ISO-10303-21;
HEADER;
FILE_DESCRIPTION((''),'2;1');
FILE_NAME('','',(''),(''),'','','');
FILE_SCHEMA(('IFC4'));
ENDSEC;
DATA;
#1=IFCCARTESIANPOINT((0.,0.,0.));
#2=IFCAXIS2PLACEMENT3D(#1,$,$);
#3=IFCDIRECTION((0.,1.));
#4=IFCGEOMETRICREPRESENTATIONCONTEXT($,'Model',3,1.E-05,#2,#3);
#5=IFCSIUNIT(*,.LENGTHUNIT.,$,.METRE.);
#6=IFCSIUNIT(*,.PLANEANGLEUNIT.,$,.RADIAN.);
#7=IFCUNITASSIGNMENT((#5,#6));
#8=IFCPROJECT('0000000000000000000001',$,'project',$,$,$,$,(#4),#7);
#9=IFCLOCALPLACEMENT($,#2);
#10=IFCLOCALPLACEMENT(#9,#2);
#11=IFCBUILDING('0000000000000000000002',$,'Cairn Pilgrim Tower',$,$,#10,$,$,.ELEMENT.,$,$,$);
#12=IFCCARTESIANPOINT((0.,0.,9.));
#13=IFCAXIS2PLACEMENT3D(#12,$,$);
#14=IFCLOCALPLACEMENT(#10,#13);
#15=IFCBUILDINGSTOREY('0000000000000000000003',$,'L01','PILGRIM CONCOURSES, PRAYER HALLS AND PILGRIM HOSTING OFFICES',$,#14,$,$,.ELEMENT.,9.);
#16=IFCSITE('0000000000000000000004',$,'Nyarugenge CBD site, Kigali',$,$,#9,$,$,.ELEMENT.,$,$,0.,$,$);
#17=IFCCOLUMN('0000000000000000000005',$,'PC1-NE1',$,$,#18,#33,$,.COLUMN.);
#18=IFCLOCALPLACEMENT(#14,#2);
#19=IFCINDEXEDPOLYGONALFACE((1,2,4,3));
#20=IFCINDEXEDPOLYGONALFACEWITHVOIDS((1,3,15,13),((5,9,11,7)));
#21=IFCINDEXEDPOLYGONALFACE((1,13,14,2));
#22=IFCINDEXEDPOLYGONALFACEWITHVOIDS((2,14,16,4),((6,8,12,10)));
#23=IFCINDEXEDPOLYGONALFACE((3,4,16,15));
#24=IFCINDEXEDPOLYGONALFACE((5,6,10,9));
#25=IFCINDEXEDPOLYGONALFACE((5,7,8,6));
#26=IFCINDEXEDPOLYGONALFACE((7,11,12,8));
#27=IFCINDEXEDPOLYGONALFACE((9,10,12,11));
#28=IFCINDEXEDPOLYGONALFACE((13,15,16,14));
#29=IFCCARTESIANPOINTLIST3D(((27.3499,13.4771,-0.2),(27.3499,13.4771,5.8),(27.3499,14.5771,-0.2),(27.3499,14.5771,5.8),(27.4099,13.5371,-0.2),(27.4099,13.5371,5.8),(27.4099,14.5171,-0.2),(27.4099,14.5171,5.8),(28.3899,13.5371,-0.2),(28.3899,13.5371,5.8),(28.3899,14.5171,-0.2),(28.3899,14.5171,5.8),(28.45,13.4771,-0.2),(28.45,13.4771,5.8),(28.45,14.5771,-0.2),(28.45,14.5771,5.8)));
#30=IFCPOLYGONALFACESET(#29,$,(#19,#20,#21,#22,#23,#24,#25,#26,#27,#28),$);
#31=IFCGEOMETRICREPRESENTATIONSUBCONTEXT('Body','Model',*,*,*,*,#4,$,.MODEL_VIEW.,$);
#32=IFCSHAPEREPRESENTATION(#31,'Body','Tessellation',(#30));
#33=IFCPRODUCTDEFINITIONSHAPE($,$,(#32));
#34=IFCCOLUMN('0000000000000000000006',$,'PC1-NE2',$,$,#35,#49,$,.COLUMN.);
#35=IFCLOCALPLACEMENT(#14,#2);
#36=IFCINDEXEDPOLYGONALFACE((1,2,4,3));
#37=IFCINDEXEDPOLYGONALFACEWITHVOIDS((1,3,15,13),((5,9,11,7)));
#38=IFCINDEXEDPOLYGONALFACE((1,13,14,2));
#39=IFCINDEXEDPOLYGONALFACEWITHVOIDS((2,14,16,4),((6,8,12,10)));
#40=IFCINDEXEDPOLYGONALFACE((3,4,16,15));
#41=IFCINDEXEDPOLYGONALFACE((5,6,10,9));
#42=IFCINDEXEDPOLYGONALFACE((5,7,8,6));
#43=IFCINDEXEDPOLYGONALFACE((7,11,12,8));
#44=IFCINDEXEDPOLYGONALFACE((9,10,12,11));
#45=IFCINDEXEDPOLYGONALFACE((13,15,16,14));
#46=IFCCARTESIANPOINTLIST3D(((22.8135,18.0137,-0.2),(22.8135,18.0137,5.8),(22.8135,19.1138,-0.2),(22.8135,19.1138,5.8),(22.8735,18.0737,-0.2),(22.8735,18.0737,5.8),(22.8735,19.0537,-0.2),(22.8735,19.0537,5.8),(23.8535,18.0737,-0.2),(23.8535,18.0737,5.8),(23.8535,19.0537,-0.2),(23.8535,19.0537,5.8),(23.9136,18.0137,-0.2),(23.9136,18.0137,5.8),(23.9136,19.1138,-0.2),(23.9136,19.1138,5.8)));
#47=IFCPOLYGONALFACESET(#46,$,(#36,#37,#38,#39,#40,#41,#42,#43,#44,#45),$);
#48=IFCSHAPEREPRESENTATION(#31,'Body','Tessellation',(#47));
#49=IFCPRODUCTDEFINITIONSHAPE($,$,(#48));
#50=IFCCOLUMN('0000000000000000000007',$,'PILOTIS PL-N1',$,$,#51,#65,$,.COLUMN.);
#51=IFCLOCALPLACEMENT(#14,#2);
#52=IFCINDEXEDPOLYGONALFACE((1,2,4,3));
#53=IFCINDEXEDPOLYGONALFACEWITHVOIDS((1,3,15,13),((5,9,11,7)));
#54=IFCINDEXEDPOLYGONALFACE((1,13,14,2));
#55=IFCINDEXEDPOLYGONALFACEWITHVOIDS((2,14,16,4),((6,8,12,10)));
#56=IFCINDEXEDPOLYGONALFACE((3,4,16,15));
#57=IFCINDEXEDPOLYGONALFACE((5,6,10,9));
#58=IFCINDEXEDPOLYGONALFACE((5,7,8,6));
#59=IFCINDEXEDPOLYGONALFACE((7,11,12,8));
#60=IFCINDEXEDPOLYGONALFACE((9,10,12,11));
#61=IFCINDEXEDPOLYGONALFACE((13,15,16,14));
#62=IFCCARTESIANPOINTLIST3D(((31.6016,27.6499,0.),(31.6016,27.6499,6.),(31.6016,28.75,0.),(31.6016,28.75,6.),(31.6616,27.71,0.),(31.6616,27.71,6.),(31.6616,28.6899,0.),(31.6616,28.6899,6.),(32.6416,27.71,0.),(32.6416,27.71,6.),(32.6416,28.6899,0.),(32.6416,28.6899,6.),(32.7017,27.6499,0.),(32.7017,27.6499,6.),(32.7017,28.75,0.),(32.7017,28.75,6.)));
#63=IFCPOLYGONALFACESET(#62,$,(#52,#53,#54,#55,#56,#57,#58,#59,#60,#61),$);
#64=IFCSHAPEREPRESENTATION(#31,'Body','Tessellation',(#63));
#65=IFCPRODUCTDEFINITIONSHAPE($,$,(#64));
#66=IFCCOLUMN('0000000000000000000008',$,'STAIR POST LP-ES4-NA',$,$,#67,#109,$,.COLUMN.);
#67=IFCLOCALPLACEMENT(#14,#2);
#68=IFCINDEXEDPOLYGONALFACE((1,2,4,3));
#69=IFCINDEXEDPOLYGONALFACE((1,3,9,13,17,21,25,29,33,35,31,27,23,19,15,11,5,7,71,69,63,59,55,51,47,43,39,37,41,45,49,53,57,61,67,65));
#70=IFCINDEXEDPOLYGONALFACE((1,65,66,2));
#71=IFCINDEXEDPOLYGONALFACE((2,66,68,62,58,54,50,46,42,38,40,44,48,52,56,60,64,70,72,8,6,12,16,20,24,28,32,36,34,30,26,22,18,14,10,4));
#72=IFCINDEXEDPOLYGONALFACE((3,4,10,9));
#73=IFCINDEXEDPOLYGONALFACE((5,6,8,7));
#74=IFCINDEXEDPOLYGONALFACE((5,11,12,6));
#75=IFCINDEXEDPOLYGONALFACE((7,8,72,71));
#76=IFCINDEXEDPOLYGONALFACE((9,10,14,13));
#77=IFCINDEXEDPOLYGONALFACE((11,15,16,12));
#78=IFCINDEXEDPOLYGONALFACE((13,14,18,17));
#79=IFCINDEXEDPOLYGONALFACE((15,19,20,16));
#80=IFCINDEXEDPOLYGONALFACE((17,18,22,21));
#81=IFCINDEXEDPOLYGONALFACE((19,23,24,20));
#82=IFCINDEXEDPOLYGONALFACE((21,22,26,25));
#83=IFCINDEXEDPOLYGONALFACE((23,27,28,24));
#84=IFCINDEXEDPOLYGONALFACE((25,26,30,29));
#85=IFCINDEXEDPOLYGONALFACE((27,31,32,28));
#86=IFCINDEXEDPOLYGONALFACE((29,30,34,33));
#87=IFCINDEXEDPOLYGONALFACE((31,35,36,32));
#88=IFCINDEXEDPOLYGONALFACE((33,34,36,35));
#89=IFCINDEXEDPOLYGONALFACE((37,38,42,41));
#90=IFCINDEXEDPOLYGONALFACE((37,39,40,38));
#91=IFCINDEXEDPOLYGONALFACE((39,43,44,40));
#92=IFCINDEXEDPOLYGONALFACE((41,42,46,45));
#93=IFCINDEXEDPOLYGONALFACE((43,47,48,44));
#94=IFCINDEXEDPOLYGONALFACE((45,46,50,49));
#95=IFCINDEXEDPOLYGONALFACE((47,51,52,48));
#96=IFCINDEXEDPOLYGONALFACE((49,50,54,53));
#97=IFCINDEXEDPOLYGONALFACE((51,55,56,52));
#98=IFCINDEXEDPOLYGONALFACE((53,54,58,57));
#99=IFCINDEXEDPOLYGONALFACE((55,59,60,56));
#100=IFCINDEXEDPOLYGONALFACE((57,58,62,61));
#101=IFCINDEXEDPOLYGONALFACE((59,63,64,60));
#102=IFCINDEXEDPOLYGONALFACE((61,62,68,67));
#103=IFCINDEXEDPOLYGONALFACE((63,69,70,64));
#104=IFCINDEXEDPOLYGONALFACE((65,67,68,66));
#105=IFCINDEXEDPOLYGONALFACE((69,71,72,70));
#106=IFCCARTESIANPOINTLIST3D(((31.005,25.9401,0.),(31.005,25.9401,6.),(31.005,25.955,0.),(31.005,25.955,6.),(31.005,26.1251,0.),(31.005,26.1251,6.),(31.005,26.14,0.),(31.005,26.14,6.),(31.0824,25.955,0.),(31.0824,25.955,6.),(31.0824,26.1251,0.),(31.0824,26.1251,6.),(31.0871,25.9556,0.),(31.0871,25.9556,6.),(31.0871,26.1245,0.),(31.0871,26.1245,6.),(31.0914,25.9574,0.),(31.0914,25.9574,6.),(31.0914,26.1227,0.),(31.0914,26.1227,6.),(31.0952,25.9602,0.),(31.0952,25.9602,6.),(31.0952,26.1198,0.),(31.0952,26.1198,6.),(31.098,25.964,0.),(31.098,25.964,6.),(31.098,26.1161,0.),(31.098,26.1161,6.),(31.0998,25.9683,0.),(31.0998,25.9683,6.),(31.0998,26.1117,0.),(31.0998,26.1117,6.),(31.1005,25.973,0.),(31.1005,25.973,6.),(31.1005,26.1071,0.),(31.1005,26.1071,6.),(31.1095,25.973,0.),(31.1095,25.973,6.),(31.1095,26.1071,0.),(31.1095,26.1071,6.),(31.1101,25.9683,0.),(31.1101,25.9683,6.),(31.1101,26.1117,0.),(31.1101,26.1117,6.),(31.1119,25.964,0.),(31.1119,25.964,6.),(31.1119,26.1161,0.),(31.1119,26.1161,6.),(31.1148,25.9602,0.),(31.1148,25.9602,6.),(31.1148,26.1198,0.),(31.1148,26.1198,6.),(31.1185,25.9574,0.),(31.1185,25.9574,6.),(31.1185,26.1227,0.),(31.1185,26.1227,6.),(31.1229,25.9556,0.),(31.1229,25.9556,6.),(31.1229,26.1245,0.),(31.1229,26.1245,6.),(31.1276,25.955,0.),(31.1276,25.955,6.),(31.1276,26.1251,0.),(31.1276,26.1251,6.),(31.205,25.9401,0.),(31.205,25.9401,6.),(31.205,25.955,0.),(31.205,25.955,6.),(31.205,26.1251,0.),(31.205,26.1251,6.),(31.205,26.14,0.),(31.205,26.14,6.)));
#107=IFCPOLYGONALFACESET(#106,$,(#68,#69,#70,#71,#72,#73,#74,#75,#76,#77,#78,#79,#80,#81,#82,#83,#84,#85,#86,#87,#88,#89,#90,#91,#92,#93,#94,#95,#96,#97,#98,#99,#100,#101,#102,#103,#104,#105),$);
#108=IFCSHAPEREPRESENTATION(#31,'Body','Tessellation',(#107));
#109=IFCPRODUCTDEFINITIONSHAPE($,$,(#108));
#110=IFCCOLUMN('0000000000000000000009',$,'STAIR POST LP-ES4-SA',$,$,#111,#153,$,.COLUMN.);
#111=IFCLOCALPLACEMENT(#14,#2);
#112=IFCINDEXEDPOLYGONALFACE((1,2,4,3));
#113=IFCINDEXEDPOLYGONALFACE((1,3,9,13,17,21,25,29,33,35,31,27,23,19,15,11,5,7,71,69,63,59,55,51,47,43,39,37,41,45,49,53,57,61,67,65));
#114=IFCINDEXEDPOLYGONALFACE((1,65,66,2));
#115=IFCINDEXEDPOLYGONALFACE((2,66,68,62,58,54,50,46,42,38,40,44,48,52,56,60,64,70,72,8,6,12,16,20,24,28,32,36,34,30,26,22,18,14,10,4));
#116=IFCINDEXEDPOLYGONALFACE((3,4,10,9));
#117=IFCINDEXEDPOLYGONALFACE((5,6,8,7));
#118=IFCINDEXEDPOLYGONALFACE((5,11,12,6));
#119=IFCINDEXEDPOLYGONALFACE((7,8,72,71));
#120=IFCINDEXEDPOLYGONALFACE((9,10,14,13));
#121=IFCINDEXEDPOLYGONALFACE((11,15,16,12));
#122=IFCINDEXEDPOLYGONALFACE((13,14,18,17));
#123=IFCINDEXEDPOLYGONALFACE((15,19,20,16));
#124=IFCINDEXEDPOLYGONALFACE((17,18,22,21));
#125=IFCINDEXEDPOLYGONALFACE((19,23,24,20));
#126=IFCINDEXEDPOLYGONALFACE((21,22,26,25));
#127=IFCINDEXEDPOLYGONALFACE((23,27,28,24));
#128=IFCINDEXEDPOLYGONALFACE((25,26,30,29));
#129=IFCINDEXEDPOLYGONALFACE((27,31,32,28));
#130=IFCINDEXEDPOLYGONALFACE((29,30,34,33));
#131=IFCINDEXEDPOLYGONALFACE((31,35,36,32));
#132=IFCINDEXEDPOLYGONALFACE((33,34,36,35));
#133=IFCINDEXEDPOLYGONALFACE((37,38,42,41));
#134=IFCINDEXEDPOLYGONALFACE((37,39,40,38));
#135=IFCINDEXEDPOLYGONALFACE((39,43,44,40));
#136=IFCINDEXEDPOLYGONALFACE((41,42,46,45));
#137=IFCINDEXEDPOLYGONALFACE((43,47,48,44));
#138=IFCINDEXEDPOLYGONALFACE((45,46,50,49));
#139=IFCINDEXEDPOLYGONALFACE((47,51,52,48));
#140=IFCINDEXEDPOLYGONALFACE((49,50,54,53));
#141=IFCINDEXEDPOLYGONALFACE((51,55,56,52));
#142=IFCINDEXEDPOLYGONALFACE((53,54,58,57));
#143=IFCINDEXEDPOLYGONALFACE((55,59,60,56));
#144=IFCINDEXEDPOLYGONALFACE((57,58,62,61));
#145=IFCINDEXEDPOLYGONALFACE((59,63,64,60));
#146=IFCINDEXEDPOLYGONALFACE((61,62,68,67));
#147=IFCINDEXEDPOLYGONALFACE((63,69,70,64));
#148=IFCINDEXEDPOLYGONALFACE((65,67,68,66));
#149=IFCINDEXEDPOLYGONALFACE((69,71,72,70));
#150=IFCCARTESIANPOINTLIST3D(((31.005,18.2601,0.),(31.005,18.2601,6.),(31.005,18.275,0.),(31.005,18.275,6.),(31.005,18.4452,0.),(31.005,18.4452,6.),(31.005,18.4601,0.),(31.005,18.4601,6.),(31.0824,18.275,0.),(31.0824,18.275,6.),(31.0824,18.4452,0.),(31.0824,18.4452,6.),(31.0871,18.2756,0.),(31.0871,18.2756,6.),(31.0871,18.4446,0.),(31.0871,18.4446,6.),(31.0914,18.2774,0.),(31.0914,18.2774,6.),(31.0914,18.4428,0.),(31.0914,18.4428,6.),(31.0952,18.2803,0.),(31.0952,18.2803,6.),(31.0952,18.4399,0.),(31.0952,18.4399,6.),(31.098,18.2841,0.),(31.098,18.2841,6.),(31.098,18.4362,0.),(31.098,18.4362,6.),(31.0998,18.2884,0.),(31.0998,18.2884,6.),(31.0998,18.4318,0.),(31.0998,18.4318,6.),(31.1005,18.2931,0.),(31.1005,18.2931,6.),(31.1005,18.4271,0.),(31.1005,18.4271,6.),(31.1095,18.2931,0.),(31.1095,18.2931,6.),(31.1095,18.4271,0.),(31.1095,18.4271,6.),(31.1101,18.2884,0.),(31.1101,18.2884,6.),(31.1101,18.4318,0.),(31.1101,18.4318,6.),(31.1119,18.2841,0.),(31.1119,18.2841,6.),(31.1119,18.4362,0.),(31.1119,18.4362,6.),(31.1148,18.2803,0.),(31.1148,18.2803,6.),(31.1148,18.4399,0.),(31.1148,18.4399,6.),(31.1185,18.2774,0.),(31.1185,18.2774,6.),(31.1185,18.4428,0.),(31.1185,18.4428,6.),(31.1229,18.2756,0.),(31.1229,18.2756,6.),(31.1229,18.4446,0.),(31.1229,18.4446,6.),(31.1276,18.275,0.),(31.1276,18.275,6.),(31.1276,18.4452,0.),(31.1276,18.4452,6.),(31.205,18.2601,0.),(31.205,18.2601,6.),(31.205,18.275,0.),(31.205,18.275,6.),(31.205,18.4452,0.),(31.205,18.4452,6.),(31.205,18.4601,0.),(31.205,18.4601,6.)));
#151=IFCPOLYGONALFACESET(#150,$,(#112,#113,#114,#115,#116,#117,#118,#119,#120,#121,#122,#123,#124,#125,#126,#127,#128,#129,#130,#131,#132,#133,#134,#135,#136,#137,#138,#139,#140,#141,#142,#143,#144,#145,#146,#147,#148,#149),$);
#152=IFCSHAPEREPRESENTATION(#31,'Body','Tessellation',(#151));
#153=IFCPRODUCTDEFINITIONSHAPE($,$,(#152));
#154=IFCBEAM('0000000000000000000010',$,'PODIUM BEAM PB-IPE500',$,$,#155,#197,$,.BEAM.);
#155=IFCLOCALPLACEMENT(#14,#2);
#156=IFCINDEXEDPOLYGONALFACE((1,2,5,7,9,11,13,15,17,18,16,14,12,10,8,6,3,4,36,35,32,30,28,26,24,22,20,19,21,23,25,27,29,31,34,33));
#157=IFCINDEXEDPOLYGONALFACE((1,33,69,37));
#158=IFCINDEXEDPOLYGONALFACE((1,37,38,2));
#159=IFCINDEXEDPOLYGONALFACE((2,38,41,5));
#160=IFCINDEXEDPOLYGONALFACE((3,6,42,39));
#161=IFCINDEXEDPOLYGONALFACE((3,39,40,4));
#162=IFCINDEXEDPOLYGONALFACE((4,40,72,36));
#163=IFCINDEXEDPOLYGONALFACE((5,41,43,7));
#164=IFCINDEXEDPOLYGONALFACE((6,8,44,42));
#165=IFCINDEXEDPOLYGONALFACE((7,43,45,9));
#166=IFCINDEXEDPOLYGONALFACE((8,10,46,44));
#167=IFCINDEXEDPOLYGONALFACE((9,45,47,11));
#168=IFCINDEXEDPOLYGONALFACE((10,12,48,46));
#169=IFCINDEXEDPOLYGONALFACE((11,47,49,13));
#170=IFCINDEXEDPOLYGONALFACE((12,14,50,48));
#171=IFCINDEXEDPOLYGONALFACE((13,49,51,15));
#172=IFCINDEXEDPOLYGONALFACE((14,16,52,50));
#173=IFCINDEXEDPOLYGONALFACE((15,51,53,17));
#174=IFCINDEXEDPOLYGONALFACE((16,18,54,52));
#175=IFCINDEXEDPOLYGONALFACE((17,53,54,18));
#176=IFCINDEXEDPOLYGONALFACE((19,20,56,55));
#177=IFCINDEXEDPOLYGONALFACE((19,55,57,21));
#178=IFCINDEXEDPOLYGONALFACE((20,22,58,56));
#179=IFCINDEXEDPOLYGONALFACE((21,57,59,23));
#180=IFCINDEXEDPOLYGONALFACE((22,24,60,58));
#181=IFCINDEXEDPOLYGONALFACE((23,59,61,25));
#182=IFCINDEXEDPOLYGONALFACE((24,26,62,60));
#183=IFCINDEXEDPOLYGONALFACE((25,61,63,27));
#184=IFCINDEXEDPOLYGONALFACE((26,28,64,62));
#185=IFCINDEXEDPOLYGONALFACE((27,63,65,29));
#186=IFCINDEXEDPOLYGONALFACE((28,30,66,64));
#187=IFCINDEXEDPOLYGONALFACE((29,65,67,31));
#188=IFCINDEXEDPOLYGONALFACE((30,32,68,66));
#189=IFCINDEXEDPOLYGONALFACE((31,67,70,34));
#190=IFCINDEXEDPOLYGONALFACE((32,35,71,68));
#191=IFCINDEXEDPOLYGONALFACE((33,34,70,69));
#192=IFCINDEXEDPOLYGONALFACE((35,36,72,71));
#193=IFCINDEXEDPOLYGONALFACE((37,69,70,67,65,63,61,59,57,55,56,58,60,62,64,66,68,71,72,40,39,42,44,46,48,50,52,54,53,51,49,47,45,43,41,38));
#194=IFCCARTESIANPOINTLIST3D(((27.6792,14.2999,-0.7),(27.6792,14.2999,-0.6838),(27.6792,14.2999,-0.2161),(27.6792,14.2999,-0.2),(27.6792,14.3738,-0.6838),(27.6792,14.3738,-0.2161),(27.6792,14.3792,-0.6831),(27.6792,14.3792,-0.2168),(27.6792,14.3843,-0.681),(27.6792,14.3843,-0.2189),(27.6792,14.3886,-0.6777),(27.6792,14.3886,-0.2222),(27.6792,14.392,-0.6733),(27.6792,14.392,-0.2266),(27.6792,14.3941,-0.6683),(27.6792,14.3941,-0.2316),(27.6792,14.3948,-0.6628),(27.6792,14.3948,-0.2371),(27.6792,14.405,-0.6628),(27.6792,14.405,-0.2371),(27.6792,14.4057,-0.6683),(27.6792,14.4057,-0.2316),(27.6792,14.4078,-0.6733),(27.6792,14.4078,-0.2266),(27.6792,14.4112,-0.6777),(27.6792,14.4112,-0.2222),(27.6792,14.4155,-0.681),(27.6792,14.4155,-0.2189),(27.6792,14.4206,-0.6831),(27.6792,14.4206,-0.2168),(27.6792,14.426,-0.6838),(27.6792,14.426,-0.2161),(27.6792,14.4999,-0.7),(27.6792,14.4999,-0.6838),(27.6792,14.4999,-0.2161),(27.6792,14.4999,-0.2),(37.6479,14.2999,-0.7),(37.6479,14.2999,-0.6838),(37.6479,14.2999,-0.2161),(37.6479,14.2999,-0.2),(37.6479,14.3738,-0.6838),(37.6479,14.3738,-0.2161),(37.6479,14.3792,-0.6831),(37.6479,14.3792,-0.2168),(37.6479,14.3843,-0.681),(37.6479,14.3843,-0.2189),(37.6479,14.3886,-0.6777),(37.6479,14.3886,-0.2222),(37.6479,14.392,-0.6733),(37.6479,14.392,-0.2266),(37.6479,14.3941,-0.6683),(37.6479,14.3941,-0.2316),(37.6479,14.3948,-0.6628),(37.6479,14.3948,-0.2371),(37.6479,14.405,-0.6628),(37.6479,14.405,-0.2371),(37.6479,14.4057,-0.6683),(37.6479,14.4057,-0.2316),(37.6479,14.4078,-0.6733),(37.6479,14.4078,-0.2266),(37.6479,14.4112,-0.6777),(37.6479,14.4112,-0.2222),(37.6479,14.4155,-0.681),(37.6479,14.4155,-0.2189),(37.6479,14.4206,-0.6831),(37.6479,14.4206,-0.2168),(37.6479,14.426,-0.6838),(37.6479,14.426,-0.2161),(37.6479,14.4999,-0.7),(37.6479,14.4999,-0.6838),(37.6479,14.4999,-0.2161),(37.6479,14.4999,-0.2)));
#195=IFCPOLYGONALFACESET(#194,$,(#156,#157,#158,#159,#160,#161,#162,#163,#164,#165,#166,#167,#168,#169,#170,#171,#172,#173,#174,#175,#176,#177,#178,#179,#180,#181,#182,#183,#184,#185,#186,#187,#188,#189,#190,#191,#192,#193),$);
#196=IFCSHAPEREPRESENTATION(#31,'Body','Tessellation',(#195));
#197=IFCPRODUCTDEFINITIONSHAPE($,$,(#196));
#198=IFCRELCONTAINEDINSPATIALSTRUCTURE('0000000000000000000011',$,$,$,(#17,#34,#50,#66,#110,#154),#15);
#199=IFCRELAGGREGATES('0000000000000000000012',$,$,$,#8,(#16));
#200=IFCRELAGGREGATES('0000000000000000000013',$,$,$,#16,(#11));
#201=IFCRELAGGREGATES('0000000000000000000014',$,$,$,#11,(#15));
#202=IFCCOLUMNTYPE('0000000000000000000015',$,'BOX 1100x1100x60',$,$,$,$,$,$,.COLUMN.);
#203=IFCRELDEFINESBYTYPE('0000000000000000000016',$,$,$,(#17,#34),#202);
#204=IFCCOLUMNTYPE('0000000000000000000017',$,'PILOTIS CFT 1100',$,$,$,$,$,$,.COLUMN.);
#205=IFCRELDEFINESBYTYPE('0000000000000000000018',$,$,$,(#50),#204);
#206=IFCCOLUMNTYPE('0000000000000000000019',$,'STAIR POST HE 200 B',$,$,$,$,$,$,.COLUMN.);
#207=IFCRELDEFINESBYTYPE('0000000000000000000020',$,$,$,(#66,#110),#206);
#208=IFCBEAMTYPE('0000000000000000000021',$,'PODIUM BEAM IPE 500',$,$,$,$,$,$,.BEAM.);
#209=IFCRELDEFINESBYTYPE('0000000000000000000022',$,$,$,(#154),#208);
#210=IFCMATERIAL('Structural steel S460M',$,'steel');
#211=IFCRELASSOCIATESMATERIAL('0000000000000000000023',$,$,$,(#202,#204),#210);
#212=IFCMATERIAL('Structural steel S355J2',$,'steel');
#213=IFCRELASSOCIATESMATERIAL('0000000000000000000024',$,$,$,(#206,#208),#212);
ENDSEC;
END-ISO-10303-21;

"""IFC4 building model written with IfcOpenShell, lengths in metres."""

from ifc_helpers import new_model, si_unit, direction, frame, origin, origin_2d, place, context, subcontext, project, spatial, hollow_rectangle, i_section, extrude, material, material_profile, profile_set, type_object, element, save


model = new_model("IFC4")

# Units and contexts
model_context = context("Model", 3, precision=1e-05, world=origin(), true_north=direction((0.0, 1.0)))
body_context = subcontext(model_context, "Body", "Model", "MODEL_VIEW")
ifc_project = project(units=[si_unit("LENGTHUNIT", "METRE"), si_unit("PLANEANGLEUNIT", "RADIAN")], contexts=[model_context])

# Site, building, storey
site_placement = place(None, origin())
site = spatial("IfcSite", under=ifc_project, at=site_placement, Name="Nyarugenge CBD site, Kigali", CompositionType="ELEMENT", RefElevation=0.0)
building_placement = place(site_placement, origin())
building = spatial("IfcBuilding", under=site, at=building_placement, Name="Cairn Pilgrim Tower", CompositionType="ELEMENT")
storey_placement = place(building_placement, frame((0.0, 0.0, 9.0)))
storey = spatial("IfcBuildingStorey", under=building, at=storey_placement, Name="L01", Description="PILGRIM CONCOURSES, PRAYER HALLS AND PILGRIM HOSTING OFFICES", CompositionType="ELEMENT", Elevation=9.0)

# Columns
ifc_material_1 = material(Name="Structural steel S460M", Category="steel")
ifc_material_profile_1 = material_profile(ifc_material_1, hollow_rectangle(XDim=1.1001, YDim=1.1001, WallThickness=0.0601, at=origin_2d()), Name="BOX 1100x1100x60")
ifc_profile_set_1 = profile_set([ifc_material_profile_1], Name="Structural steel S460M")
column_type_1 = type_object("IfcColumnType", Name="BOX 1100x1100x60", PredefinedType="COLUMN", material=ifc_profile_set_1)
for number, where, z_axis, x_axis, name in (
    (1, (27.8999, 14.0271, -0.2), (0.0, 0.0, 1.0), (1.0, 0.0, 0.0), "PC1-NE1"),
    (2, (23.3635, 18.5637, -0.2), (0.0, 0.0, 1.0), (1.0, 0.0, 0.0), "PC1-NE2"),
):
    element("IfcColumn", number, at=place(storey_placement, frame(where, z_axis=z_axis, x_axis=x_axis)), inside=storey, type_object=column_type_1, Name=name, PredefinedType="COLUMN", context=body_context, shape_type="SweptSolid", body=[
        extrude(hollow_rectangle(XDim=1.1001, YDim=1.1001, WallThickness=0.0601, at=origin_2d()), origin(), (0.0, 0.0, 1.0), 6.0),
    ])
ifc_material_profile_2 = material_profile(ifc_material_1, hollow_rectangle(XDim=1.1001, YDim=1.1001, WallThickness=0.0601, at=origin_2d()), Name="BOX 1100x1100x60")
ifc_profile_set_2 = profile_set([ifc_material_profile_2], Name="Structural steel S460M")
column_type_2 = type_object("IfcColumnType", Name="PILOTIS CFT 1100", PredefinedType="COLUMN", material=ifc_profile_set_2)
column_placement = place(storey_placement, frame((32.1516, 28.2, 0.0), z_axis=(0.0, 0.0, 1.0), x_axis=(1.0, 0.0, 0.0)))
element("IfcColumn", 3, at=column_placement, inside=storey, type_object=column_type_2, Name="PILOTIS PL-N1", PredefinedType="COLUMN", context=body_context, shape_type="SweptSolid", body=[
    extrude(hollow_rectangle(XDim=1.1001, YDim=1.1001, WallThickness=0.0601, at=origin_2d()), origin(), (0.0, 0.0, 1.0), 6.0),
])
ifc_material_2 = material(Name="Structural steel S355J2", Category="steel")
ifc_material_profile_3 = material_profile(ifc_material_2, i_section(OverallWidth=0.2, OverallDepth=0.2, WebThickness=0.009, FlangeThickness=0.0149, FilletRadius=0.0181, at=origin_2d()), Name="HE 200 B")
ifc_profile_set_3 = profile_set([ifc_material_profile_3], Name="Structural steel S355J2")
column_type_3 = type_object("IfcColumnType", Name="STAIR POST HE 200 B", PredefinedType="COLUMN", material=ifc_profile_set_3)
for number, where, z_axis, x_axis, name in (
    (4, (31.105, 26.04, 0.0), (0.0, 0.0, 1.0), (1.0, 0.0, 0.0), "STAIR POST LP-ES4-NA"),
    (5, (31.105, 18.3601, 0.0), (0.0, 0.0, 1.0), (1.0, 0.0, 0.0), "STAIR POST LP-ES4-SA"),
):
    element("IfcColumn", number, at=place(storey_placement, frame(where, z_axis=z_axis, x_axis=x_axis)), inside=storey, type_object=column_type_3, Name=name, PredefinedType="COLUMN", context=body_context, shape_type="SweptSolid", body=[
        extrude(i_section(OverallWidth=0.2, OverallDepth=0.2, WebThickness=0.009, FlangeThickness=0.0149, FilletRadius=0.0181, at=origin_2d()), origin(), (0.0, 0.0, 1.0), 6.0),
    ])

# Beam
ifc_material_profile_4 = material_profile(ifc_material_2, i_section(OverallWidth=0.2, OverallDepth=0.5, WebThickness=0.0103, FlangeThickness=0.0161, FilletRadius=0.021, at=origin_2d()), Name="IPE 500")
ifc_profile_set_4 = profile_set([ifc_material_profile_4], Name="Structural steel S355J2")
beam_type_1 = type_object("IfcBeamType", Name="PODIUM BEAM IPE 500", PredefinedType="BEAM", material=ifc_profile_set_4)
beam_1_placement = place(storey_placement, frame((27.6792, 14.3999, -0.45), z_axis=(1.0, 0.0, 0.0), x_axis=(0.0, 1.0, 0.0)))
element("IfcBeam", 6, at=beam_1_placement, inside=storey, type_object=beam_type_1, Name="PODIUM BEAM PB-IPE500", PredefinedType="BEAM", context=body_context, shape_type="SweptSolid", body=[
    extrude(i_section(OverallWidth=0.2, OverallDepth=0.5, WebThickness=0.0103, FlangeThickness=0.0161, FilletRadius=0.021, at=origin_2d()), origin(), (0.0, 0.0, 1.0), 9.9688),
])

save(model, "model.ifc")
